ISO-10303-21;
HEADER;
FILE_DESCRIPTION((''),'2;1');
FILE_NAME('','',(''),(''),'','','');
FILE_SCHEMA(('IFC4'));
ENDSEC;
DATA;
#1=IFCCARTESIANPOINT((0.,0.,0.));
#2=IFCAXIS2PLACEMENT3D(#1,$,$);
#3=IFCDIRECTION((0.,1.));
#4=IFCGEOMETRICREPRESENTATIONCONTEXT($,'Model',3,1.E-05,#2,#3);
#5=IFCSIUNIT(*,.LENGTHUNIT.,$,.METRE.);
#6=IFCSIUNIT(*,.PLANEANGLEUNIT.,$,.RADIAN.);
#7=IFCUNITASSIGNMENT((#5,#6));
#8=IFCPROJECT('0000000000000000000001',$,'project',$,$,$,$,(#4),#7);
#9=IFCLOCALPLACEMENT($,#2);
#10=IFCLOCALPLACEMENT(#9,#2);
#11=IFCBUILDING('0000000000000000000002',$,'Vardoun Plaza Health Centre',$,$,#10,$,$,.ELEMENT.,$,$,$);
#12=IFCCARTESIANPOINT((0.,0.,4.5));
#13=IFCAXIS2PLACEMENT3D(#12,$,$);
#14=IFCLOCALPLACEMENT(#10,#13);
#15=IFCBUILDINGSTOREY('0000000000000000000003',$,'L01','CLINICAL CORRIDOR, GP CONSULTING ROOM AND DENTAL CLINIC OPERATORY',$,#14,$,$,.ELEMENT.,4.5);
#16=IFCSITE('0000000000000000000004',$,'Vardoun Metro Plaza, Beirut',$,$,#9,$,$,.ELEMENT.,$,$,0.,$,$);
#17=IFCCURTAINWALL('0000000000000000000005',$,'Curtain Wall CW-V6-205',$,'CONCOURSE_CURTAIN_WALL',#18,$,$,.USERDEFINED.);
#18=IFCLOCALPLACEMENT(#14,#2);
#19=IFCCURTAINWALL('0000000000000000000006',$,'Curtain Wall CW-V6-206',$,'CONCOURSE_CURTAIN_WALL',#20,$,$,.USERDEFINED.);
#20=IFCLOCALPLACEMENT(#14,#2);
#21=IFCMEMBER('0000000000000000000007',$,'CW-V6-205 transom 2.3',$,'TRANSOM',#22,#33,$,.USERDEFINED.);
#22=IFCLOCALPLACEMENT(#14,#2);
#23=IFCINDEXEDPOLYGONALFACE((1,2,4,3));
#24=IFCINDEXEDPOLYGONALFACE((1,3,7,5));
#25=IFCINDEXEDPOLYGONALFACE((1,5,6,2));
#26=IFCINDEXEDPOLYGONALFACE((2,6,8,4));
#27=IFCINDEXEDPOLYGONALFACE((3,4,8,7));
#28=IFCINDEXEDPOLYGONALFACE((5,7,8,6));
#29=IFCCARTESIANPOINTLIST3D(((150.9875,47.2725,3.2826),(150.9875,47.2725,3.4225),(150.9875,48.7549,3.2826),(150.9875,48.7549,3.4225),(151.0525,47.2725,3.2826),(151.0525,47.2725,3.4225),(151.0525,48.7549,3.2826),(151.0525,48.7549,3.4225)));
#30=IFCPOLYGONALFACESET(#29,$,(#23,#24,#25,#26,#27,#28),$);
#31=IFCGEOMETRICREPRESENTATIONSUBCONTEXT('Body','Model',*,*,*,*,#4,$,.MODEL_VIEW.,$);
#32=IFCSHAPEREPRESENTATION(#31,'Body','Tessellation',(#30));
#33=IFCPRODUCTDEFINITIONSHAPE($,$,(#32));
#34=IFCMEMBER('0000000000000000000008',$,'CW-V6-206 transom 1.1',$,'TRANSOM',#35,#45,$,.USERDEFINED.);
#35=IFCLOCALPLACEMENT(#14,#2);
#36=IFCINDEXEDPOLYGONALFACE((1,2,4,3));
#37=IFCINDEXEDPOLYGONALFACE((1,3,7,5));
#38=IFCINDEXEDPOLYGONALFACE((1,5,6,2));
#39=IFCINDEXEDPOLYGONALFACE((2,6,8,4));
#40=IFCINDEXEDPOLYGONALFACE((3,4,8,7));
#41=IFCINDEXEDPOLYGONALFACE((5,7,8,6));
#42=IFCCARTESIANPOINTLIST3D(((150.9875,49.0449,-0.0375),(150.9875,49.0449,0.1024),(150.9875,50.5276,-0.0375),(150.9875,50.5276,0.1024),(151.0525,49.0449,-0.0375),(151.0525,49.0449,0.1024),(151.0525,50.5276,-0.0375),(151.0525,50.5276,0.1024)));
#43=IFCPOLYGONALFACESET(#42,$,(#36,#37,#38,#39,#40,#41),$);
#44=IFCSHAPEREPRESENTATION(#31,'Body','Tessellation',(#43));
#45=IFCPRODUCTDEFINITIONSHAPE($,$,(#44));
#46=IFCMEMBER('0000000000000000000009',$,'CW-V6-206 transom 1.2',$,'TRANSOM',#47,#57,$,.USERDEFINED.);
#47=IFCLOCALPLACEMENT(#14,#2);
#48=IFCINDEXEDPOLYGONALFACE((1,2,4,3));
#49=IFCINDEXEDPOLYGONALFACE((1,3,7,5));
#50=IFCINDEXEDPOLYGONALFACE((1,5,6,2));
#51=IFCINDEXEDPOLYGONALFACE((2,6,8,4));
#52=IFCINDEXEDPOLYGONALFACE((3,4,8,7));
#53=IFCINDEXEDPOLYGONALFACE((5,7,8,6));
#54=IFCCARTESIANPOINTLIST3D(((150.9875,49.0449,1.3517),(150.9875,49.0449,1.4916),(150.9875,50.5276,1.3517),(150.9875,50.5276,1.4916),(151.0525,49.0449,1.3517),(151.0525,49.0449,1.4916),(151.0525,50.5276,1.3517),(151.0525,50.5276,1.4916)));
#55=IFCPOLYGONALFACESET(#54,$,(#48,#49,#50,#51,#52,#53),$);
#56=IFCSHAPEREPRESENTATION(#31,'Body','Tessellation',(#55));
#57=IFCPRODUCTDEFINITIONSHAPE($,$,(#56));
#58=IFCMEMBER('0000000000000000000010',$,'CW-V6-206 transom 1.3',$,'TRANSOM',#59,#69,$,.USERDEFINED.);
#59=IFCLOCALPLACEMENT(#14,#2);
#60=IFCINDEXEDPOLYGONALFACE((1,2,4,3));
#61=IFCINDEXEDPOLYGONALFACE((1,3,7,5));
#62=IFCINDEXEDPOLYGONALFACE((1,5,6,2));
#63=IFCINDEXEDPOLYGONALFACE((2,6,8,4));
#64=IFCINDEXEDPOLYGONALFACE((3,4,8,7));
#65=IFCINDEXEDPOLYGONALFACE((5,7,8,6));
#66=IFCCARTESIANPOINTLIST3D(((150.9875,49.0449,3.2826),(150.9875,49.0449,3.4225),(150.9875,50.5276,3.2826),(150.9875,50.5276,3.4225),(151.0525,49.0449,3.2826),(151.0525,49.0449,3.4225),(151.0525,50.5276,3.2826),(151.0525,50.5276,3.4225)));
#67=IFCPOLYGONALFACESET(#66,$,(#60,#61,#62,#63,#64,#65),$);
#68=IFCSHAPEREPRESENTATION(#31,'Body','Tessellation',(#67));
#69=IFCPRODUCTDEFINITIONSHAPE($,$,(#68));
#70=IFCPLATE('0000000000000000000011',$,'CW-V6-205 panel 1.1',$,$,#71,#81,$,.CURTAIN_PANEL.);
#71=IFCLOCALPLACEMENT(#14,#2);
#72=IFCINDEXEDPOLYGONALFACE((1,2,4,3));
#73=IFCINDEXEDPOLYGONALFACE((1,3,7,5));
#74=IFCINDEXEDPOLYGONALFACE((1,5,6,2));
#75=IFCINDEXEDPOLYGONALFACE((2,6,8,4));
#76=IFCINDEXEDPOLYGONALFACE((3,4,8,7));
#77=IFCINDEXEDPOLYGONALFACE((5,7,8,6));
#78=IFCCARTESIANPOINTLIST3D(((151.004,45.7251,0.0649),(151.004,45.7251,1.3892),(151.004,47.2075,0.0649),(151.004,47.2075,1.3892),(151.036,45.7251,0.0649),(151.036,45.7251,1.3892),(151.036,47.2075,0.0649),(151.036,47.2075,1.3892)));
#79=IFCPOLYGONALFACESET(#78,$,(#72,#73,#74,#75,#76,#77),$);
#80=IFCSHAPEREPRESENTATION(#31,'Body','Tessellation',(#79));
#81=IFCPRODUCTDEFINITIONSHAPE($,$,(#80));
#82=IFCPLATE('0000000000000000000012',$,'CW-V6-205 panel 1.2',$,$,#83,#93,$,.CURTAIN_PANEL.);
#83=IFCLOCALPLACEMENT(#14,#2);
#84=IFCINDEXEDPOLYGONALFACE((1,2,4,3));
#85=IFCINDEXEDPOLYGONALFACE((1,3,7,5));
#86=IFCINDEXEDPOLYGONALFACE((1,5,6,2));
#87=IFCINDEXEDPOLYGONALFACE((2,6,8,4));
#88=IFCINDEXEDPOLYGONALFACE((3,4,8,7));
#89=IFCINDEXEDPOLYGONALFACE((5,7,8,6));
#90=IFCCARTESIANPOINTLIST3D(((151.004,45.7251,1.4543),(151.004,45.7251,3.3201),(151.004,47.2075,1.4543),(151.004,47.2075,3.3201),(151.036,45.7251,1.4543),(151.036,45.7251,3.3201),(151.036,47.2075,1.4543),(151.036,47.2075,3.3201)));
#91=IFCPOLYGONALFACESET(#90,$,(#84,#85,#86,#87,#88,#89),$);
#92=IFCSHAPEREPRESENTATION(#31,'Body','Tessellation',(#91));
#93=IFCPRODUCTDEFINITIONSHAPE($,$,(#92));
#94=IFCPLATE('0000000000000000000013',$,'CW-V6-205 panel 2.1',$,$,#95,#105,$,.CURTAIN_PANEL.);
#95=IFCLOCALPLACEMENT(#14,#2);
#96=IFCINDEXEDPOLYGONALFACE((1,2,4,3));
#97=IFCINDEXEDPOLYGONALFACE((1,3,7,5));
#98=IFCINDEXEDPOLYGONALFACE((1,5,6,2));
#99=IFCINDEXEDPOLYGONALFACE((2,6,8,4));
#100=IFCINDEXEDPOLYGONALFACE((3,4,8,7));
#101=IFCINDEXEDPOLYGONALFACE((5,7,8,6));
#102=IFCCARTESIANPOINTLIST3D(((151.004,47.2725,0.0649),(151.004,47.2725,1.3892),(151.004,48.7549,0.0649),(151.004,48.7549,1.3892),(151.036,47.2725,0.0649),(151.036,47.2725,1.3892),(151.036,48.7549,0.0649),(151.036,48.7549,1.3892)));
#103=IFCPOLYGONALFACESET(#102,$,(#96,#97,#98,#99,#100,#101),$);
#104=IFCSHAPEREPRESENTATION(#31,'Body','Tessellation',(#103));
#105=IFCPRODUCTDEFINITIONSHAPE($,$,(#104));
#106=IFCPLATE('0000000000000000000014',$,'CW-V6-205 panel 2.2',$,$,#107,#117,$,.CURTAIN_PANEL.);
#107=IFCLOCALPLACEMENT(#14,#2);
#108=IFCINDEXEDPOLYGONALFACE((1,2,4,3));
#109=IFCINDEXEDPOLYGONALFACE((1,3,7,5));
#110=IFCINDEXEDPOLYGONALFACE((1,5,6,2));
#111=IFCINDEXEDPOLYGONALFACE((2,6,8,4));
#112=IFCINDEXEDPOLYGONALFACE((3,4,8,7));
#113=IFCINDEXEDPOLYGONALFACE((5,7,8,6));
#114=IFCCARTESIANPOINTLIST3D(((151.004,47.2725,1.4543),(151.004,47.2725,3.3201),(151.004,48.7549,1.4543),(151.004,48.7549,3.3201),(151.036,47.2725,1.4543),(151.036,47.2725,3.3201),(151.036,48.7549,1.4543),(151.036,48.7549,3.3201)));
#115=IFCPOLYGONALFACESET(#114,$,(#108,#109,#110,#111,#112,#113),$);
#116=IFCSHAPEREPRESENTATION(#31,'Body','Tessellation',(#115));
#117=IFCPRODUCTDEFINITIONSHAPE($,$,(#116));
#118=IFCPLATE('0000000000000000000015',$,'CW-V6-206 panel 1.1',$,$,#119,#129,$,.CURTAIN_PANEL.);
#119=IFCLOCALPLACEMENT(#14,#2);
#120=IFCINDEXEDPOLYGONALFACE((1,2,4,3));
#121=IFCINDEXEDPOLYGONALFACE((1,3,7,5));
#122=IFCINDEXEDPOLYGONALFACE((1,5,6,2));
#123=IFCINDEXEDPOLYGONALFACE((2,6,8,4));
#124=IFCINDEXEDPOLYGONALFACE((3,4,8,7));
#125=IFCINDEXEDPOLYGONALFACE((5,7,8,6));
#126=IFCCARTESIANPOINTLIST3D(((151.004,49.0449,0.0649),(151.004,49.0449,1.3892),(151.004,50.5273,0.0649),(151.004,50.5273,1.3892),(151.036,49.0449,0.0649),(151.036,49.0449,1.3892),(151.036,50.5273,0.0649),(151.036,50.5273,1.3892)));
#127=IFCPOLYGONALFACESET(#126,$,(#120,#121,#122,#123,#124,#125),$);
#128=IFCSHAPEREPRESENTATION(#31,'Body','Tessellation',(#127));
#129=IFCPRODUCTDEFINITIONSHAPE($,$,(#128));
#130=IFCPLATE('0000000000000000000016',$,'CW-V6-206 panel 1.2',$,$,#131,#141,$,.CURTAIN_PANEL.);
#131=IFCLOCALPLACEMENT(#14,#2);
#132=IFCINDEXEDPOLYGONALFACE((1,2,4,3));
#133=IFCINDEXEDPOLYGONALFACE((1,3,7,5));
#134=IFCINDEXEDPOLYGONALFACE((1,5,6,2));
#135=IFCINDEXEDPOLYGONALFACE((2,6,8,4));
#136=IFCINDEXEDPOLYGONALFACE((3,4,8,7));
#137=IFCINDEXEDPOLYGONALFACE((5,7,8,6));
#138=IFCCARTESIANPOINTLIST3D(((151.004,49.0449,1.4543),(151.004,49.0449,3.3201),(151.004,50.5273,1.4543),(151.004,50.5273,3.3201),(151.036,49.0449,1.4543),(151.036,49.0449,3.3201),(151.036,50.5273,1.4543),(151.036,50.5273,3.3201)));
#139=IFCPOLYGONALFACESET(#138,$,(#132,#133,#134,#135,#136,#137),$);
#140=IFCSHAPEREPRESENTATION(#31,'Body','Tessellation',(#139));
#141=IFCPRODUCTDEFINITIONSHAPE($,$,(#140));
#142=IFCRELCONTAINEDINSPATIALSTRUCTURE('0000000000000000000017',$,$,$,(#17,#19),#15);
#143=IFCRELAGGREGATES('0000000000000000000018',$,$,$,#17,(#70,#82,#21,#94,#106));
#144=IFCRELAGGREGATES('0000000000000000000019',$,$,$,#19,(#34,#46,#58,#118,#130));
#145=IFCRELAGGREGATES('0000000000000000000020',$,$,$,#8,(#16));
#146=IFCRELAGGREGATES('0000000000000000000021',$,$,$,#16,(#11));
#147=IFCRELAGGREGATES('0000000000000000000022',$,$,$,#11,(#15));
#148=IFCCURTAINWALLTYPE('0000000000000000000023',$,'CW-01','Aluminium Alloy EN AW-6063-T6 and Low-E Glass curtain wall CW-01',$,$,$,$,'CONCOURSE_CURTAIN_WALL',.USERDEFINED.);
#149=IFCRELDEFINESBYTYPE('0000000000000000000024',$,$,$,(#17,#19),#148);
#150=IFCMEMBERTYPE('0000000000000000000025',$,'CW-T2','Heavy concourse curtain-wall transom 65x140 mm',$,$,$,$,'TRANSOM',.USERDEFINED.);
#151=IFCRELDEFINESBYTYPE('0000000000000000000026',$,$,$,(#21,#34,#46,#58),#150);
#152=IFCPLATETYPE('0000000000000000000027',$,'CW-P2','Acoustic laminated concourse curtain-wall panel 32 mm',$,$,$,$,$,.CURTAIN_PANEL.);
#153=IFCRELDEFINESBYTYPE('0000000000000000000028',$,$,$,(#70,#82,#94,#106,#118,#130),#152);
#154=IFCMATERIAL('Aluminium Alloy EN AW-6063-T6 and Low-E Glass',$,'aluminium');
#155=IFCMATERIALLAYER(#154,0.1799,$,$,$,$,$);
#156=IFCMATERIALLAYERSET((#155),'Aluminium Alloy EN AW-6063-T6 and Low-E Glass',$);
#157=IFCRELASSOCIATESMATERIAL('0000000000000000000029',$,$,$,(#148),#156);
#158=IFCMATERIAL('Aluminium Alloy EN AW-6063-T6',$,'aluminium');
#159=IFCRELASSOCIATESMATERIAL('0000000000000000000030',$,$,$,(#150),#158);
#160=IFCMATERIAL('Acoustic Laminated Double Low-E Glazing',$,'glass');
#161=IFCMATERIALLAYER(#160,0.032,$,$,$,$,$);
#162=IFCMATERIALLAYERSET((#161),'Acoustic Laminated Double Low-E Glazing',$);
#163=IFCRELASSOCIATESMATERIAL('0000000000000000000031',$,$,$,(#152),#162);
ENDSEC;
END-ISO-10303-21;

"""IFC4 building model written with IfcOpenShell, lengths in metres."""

from ifc_helpers import new_model, si_unit, direction, frame, origin, origin_2d, place, context, subcontext, project, spatial, rectangle, extrude, material, layer, layer_set, material_profile, profile_set, type_object, element, aggregate, save


model = new_model("IFC4")

# Units and contexts
model_context = context("Model", 3, precision=1e-05, world=origin(), true_north=direction((0.0, 1.0)))
body_context = subcontext(model_context, "Body", "Model", "MODEL_VIEW")
ifc_project = project(units=[si_unit("LENGTHUNIT", "METRE"), si_unit("PLANEANGLEUNIT", "RADIAN")], contexts=[model_context])

# Site, building, storey
site_placement = place(None, origin())
site = spatial("IfcSite", under=ifc_project, at=site_placement, Name="Vardoun Metro Plaza, Beirut", CompositionType="ELEMENT", RefElevation=0.0)
building_placement = place(site_placement, origin())
building = spatial("IfcBuilding", under=site, at=building_placement, Name="Vardoun Plaza Health Centre", CompositionType="ELEMENT")
storey_placement = place(building_placement, frame((0.0, 0.0, 4.5)))
storey = spatial("IfcBuildingStorey", under=building, at=storey_placement, Name="L01", Description="CLINICAL CORRIDOR, GP CONSULTING ROOM AND DENTAL CLINIC OPERATORY", CompositionType="ELEMENT", Elevation=4.5)

# Shared definitions
ifc_material_1 = material(Name="Aluminium Alloy EN AW-6063-T6 and Low-E Glass", Category="aluminium")
ifc_layer_1 = layer(ifc_material_1, 0.1799)
ifc_layer_set_1 = layer_set([ifc_layer_1], Name="Aluminium Alloy EN AW-6063-T6 and Low-E Glass")
curtain_wall_type = type_object("IfcCurtainWallType", Name="CW-01", Description="Aluminium Alloy EN AW-6063-T6 and Low-E Glass curtain wall CW-01", ElementType="CONCOURSE_CURTAIN_WALL", PredefinedType="USERDEFINED", material=ifc_layer_set_1)

# Curtain walls
curtain_wall_1_placement = place(storey_placement, origin())
curtain_wall_1 = element("IfcCurtainWall", 1, at=curtain_wall_1_placement, inside=storey, type_object=curtain_wall_type, Name="Curtain Wall CW-V6-205", ObjectType="CONCOURSE_CURTAIN_WALL", PredefinedType="USERDEFINED")
curtain_wall_2_placement = place(storey_placement, origin())
curtain_wall_2 = element("IfcCurtainWall", 2, at=curtain_wall_2_placement, inside=storey, type_object=curtain_wall_type, Name="Curtain Wall CW-V6-206", ObjectType="CONCOURSE_CURTAIN_WALL", PredefinedType="USERDEFINED")

# Members
ifc_material_2 = material(Name="Aluminium Alloy EN AW-6063-T6", Category="aluminium")
ifc_material_profile_1 = material_profile(ifc_material_2, rectangle(XDim=0.0649, YDim=0.1399, at=origin_2d()), Name="CWT 65x140")
ifc_profile_set_1 = profile_set([ifc_material_profile_1], Name="Aluminium Alloy EN AW-6063-T6")
member_type_1 = type_object("IfcMemberType", Name="CW-T2", Description="Heavy concourse curtain-wall transom 65x140 mm", ElementType="TRANSOM", PredefinedType="USERDEFINED", material=ifc_profile_set_1)
member_1_placement = place(storey_placement, frame((151.02, 47.2725, 3.3525), z_axis=(0.0, 1.0, 0.0), x_axis=(-1.0, 0.0, 0.0)))
member_1 = element("IfcMember", 3, at=member_1_placement, type_object=member_type_1, Name="CW-V6-205 transom 2.3", ObjectType="TRANSOM", PredefinedType="USERDEFINED", context=body_context, shape_type="SweptSolid", body=[
    extrude(rectangle(XDim=0.0649, YDim=0.1399, at=origin_2d()), origin(), (0.0, 0.0, 1.0), 1.4824),
])
member_2_placement = place(storey_placement, frame((151.02, 49.0449, 0.0325), z_axis=(0.0, 1.0, 0.0), x_axis=(-1.0, 0.0, 0.0)))
member_2 = element("IfcMember", 4, at=member_2_placement, type_object=member_type_1, Name="CW-V6-206 transom 1.1", ObjectType="TRANSOM", PredefinedType="USERDEFINED", context=body_context, shape_type="SweptSolid", body=[
    extrude(rectangle(XDim=0.0649, YDim=0.1399, at=origin_2d()), origin(), (0.0, 0.0, 1.0), 1.4827),
])
member_3_placement = place(storey_placement, frame((151.02, 49.0449, 1.4216), z_axis=(0.0, 1.0, 0.0), x_axis=(-1.0, 0.0, 0.0)))
member_3 = element("IfcMember", 5, at=member_3_placement, type_object=member_type_1, Name="CW-V6-206 transom 1.2", ObjectType="TRANSOM", PredefinedType="USERDEFINED", context=body_context, shape_type="SweptSolid", body=[
    extrude(rectangle(XDim=0.0649, YDim=0.1399, at=origin_2d()), origin(), (0.0, 0.0, 1.0), 1.4827),
])
member_4_placement = place(storey_placement, frame((151.02, 49.0449, 3.3525), z_axis=(0.0, 1.0, 0.0), x_axis=(-1.0, 0.0, 0.0)))
member_4 = element("IfcMember", 6, at=member_4_placement, type_object=member_type_1, Name="CW-V6-206 transom 1.3", ObjectType="TRANSOM", PredefinedType="USERDEFINED", context=body_context, shape_type="SweptSolid", body=[
    extrude(rectangle(XDim=0.0649, YDim=0.1399, at=origin_2d()), origin(), (0.0, 0.0, 1.0), 1.4827),
])

# Plates
ifc_material_3 = material(Name="Acoustic Laminated Double Low-E Glazing", Category="glass")
ifc_layer_2 = layer(ifc_material_3, 0.032)
ifc_layer_set_2 = layer_set([ifc_layer_2], Name="Acoustic Laminated Double Low-E Glazing")
plate_type = type_object("IfcPlateType", Name="CW-P2", Description="Acoustic laminated concourse curtain-wall panel 32 mm", PredefinedType="CURTAIN_PANEL", material=ifc_layer_set_2)
plate_1_placement = place(storey_placement, frame((151.02, 46.4663, 0.0649), z_axis=(0.0, 0.0, 1.0), x_axis=(0.0, 1.0, 0.0)))
plate_1 = element("IfcPlate", 7, at=plate_1_placement, type_object=plate_type, Name="CW-V6-205 panel 1.1", PredefinedType="CURTAIN_PANEL", context=body_context, shape_type="SweptSolid", body=[
    extrude(rectangle(XDim=1.4824, YDim=0.032, at=origin_2d()), origin(), (0.0, 0.0, 1.0), 1.3242),
])
plate_2_placement = place(storey_placement, frame((151.02, 46.4663, 1.4543), z_axis=(0.0, 0.0, 1.0), x_axis=(0.0, 1.0, 0.0)))
plate_2 = element("IfcPlate", 8, at=plate_2_placement, type_object=plate_type, Name="CW-V6-205 panel 1.2", PredefinedType="CURTAIN_PANEL", context=body_context, shape_type="SweptSolid", body=[
    extrude(rectangle(XDim=1.4824, YDim=0.032, at=origin_2d()), origin(), (0.0, 0.0, 1.0), 1.8657),
])
plate_3_placement = place(storey_placement, frame((151.02, 48.0137, 0.0649), z_axis=(0.0, 0.0, 1.0), x_axis=(0.0, 1.0, 0.0)))
plate_3 = element("IfcPlate", 9, at=plate_3_placement, type_object=plate_type, Name="CW-V6-205 panel 2.1", PredefinedType="CURTAIN_PANEL", context=body_context, shape_type="SweptSolid", body=[
    extrude(rectangle(XDim=1.4824, YDim=0.032, at=origin_2d()), origin(), (0.0, 0.0, 1.0), 1.3242),
])
plate_4_placement = place(storey_placement, frame((151.02, 48.0137, 1.4543), z_axis=(0.0, 0.0, 1.0), x_axis=(0.0, 1.0, 0.0)))
plate_4 = element("IfcPlate", 10, at=plate_4_placement, type_object=plate_type, Name="CW-V6-205 panel 2.2", PredefinedType="CURTAIN_PANEL", context=body_context, shape_type="SweptSolid", body=[
    extrude(rectangle(XDim=1.4824, YDim=0.032, at=origin_2d()), origin(), (0.0, 0.0, 1.0), 1.8657),
])
aggregate(curtain_wall_1, [plate_1, plate_2, member_1, plate_3, plate_4])
plate_5_placement = place(storey_placement, frame((151.02, 49.7861, 0.0649), z_axis=(0.0, 0.0, 1.0), x_axis=(0.0, 1.0, 0.0)))
plate_5 = element("IfcPlate", 11, at=plate_5_placement, type_object=plate_type, Name="CW-V6-206 panel 1.1", PredefinedType="CURTAIN_PANEL", context=body_context, shape_type="SweptSolid", body=[
    extrude(rectangle(XDim=1.4824, YDim=0.032, at=origin_2d()), origin(), (0.0, 0.0, 1.0), 1.3242),
])
plate_6_placement = place(storey_placement, frame((151.02, 49.7861, 1.4543), z_axis=(0.0, 0.0, 1.0), x_axis=(0.0, 1.0, 0.0)))
plate_6 = element("IfcPlate", 12, at=plate_6_placement, type_object=plate_type, Name="CW-V6-206 panel 1.2", PredefinedType="CURTAIN_PANEL", context=body_context, shape_type="SweptSolid", body=[
    extrude(rectangle(XDim=1.4824, YDim=0.032, at=origin_2d()), origin(), (0.0, 0.0, 1.0), 1.8657),
])
aggregate(curtain_wall_2, [member_2, member_3, member_4, plate_5, plate_6])

save(model, "model.ifc")
